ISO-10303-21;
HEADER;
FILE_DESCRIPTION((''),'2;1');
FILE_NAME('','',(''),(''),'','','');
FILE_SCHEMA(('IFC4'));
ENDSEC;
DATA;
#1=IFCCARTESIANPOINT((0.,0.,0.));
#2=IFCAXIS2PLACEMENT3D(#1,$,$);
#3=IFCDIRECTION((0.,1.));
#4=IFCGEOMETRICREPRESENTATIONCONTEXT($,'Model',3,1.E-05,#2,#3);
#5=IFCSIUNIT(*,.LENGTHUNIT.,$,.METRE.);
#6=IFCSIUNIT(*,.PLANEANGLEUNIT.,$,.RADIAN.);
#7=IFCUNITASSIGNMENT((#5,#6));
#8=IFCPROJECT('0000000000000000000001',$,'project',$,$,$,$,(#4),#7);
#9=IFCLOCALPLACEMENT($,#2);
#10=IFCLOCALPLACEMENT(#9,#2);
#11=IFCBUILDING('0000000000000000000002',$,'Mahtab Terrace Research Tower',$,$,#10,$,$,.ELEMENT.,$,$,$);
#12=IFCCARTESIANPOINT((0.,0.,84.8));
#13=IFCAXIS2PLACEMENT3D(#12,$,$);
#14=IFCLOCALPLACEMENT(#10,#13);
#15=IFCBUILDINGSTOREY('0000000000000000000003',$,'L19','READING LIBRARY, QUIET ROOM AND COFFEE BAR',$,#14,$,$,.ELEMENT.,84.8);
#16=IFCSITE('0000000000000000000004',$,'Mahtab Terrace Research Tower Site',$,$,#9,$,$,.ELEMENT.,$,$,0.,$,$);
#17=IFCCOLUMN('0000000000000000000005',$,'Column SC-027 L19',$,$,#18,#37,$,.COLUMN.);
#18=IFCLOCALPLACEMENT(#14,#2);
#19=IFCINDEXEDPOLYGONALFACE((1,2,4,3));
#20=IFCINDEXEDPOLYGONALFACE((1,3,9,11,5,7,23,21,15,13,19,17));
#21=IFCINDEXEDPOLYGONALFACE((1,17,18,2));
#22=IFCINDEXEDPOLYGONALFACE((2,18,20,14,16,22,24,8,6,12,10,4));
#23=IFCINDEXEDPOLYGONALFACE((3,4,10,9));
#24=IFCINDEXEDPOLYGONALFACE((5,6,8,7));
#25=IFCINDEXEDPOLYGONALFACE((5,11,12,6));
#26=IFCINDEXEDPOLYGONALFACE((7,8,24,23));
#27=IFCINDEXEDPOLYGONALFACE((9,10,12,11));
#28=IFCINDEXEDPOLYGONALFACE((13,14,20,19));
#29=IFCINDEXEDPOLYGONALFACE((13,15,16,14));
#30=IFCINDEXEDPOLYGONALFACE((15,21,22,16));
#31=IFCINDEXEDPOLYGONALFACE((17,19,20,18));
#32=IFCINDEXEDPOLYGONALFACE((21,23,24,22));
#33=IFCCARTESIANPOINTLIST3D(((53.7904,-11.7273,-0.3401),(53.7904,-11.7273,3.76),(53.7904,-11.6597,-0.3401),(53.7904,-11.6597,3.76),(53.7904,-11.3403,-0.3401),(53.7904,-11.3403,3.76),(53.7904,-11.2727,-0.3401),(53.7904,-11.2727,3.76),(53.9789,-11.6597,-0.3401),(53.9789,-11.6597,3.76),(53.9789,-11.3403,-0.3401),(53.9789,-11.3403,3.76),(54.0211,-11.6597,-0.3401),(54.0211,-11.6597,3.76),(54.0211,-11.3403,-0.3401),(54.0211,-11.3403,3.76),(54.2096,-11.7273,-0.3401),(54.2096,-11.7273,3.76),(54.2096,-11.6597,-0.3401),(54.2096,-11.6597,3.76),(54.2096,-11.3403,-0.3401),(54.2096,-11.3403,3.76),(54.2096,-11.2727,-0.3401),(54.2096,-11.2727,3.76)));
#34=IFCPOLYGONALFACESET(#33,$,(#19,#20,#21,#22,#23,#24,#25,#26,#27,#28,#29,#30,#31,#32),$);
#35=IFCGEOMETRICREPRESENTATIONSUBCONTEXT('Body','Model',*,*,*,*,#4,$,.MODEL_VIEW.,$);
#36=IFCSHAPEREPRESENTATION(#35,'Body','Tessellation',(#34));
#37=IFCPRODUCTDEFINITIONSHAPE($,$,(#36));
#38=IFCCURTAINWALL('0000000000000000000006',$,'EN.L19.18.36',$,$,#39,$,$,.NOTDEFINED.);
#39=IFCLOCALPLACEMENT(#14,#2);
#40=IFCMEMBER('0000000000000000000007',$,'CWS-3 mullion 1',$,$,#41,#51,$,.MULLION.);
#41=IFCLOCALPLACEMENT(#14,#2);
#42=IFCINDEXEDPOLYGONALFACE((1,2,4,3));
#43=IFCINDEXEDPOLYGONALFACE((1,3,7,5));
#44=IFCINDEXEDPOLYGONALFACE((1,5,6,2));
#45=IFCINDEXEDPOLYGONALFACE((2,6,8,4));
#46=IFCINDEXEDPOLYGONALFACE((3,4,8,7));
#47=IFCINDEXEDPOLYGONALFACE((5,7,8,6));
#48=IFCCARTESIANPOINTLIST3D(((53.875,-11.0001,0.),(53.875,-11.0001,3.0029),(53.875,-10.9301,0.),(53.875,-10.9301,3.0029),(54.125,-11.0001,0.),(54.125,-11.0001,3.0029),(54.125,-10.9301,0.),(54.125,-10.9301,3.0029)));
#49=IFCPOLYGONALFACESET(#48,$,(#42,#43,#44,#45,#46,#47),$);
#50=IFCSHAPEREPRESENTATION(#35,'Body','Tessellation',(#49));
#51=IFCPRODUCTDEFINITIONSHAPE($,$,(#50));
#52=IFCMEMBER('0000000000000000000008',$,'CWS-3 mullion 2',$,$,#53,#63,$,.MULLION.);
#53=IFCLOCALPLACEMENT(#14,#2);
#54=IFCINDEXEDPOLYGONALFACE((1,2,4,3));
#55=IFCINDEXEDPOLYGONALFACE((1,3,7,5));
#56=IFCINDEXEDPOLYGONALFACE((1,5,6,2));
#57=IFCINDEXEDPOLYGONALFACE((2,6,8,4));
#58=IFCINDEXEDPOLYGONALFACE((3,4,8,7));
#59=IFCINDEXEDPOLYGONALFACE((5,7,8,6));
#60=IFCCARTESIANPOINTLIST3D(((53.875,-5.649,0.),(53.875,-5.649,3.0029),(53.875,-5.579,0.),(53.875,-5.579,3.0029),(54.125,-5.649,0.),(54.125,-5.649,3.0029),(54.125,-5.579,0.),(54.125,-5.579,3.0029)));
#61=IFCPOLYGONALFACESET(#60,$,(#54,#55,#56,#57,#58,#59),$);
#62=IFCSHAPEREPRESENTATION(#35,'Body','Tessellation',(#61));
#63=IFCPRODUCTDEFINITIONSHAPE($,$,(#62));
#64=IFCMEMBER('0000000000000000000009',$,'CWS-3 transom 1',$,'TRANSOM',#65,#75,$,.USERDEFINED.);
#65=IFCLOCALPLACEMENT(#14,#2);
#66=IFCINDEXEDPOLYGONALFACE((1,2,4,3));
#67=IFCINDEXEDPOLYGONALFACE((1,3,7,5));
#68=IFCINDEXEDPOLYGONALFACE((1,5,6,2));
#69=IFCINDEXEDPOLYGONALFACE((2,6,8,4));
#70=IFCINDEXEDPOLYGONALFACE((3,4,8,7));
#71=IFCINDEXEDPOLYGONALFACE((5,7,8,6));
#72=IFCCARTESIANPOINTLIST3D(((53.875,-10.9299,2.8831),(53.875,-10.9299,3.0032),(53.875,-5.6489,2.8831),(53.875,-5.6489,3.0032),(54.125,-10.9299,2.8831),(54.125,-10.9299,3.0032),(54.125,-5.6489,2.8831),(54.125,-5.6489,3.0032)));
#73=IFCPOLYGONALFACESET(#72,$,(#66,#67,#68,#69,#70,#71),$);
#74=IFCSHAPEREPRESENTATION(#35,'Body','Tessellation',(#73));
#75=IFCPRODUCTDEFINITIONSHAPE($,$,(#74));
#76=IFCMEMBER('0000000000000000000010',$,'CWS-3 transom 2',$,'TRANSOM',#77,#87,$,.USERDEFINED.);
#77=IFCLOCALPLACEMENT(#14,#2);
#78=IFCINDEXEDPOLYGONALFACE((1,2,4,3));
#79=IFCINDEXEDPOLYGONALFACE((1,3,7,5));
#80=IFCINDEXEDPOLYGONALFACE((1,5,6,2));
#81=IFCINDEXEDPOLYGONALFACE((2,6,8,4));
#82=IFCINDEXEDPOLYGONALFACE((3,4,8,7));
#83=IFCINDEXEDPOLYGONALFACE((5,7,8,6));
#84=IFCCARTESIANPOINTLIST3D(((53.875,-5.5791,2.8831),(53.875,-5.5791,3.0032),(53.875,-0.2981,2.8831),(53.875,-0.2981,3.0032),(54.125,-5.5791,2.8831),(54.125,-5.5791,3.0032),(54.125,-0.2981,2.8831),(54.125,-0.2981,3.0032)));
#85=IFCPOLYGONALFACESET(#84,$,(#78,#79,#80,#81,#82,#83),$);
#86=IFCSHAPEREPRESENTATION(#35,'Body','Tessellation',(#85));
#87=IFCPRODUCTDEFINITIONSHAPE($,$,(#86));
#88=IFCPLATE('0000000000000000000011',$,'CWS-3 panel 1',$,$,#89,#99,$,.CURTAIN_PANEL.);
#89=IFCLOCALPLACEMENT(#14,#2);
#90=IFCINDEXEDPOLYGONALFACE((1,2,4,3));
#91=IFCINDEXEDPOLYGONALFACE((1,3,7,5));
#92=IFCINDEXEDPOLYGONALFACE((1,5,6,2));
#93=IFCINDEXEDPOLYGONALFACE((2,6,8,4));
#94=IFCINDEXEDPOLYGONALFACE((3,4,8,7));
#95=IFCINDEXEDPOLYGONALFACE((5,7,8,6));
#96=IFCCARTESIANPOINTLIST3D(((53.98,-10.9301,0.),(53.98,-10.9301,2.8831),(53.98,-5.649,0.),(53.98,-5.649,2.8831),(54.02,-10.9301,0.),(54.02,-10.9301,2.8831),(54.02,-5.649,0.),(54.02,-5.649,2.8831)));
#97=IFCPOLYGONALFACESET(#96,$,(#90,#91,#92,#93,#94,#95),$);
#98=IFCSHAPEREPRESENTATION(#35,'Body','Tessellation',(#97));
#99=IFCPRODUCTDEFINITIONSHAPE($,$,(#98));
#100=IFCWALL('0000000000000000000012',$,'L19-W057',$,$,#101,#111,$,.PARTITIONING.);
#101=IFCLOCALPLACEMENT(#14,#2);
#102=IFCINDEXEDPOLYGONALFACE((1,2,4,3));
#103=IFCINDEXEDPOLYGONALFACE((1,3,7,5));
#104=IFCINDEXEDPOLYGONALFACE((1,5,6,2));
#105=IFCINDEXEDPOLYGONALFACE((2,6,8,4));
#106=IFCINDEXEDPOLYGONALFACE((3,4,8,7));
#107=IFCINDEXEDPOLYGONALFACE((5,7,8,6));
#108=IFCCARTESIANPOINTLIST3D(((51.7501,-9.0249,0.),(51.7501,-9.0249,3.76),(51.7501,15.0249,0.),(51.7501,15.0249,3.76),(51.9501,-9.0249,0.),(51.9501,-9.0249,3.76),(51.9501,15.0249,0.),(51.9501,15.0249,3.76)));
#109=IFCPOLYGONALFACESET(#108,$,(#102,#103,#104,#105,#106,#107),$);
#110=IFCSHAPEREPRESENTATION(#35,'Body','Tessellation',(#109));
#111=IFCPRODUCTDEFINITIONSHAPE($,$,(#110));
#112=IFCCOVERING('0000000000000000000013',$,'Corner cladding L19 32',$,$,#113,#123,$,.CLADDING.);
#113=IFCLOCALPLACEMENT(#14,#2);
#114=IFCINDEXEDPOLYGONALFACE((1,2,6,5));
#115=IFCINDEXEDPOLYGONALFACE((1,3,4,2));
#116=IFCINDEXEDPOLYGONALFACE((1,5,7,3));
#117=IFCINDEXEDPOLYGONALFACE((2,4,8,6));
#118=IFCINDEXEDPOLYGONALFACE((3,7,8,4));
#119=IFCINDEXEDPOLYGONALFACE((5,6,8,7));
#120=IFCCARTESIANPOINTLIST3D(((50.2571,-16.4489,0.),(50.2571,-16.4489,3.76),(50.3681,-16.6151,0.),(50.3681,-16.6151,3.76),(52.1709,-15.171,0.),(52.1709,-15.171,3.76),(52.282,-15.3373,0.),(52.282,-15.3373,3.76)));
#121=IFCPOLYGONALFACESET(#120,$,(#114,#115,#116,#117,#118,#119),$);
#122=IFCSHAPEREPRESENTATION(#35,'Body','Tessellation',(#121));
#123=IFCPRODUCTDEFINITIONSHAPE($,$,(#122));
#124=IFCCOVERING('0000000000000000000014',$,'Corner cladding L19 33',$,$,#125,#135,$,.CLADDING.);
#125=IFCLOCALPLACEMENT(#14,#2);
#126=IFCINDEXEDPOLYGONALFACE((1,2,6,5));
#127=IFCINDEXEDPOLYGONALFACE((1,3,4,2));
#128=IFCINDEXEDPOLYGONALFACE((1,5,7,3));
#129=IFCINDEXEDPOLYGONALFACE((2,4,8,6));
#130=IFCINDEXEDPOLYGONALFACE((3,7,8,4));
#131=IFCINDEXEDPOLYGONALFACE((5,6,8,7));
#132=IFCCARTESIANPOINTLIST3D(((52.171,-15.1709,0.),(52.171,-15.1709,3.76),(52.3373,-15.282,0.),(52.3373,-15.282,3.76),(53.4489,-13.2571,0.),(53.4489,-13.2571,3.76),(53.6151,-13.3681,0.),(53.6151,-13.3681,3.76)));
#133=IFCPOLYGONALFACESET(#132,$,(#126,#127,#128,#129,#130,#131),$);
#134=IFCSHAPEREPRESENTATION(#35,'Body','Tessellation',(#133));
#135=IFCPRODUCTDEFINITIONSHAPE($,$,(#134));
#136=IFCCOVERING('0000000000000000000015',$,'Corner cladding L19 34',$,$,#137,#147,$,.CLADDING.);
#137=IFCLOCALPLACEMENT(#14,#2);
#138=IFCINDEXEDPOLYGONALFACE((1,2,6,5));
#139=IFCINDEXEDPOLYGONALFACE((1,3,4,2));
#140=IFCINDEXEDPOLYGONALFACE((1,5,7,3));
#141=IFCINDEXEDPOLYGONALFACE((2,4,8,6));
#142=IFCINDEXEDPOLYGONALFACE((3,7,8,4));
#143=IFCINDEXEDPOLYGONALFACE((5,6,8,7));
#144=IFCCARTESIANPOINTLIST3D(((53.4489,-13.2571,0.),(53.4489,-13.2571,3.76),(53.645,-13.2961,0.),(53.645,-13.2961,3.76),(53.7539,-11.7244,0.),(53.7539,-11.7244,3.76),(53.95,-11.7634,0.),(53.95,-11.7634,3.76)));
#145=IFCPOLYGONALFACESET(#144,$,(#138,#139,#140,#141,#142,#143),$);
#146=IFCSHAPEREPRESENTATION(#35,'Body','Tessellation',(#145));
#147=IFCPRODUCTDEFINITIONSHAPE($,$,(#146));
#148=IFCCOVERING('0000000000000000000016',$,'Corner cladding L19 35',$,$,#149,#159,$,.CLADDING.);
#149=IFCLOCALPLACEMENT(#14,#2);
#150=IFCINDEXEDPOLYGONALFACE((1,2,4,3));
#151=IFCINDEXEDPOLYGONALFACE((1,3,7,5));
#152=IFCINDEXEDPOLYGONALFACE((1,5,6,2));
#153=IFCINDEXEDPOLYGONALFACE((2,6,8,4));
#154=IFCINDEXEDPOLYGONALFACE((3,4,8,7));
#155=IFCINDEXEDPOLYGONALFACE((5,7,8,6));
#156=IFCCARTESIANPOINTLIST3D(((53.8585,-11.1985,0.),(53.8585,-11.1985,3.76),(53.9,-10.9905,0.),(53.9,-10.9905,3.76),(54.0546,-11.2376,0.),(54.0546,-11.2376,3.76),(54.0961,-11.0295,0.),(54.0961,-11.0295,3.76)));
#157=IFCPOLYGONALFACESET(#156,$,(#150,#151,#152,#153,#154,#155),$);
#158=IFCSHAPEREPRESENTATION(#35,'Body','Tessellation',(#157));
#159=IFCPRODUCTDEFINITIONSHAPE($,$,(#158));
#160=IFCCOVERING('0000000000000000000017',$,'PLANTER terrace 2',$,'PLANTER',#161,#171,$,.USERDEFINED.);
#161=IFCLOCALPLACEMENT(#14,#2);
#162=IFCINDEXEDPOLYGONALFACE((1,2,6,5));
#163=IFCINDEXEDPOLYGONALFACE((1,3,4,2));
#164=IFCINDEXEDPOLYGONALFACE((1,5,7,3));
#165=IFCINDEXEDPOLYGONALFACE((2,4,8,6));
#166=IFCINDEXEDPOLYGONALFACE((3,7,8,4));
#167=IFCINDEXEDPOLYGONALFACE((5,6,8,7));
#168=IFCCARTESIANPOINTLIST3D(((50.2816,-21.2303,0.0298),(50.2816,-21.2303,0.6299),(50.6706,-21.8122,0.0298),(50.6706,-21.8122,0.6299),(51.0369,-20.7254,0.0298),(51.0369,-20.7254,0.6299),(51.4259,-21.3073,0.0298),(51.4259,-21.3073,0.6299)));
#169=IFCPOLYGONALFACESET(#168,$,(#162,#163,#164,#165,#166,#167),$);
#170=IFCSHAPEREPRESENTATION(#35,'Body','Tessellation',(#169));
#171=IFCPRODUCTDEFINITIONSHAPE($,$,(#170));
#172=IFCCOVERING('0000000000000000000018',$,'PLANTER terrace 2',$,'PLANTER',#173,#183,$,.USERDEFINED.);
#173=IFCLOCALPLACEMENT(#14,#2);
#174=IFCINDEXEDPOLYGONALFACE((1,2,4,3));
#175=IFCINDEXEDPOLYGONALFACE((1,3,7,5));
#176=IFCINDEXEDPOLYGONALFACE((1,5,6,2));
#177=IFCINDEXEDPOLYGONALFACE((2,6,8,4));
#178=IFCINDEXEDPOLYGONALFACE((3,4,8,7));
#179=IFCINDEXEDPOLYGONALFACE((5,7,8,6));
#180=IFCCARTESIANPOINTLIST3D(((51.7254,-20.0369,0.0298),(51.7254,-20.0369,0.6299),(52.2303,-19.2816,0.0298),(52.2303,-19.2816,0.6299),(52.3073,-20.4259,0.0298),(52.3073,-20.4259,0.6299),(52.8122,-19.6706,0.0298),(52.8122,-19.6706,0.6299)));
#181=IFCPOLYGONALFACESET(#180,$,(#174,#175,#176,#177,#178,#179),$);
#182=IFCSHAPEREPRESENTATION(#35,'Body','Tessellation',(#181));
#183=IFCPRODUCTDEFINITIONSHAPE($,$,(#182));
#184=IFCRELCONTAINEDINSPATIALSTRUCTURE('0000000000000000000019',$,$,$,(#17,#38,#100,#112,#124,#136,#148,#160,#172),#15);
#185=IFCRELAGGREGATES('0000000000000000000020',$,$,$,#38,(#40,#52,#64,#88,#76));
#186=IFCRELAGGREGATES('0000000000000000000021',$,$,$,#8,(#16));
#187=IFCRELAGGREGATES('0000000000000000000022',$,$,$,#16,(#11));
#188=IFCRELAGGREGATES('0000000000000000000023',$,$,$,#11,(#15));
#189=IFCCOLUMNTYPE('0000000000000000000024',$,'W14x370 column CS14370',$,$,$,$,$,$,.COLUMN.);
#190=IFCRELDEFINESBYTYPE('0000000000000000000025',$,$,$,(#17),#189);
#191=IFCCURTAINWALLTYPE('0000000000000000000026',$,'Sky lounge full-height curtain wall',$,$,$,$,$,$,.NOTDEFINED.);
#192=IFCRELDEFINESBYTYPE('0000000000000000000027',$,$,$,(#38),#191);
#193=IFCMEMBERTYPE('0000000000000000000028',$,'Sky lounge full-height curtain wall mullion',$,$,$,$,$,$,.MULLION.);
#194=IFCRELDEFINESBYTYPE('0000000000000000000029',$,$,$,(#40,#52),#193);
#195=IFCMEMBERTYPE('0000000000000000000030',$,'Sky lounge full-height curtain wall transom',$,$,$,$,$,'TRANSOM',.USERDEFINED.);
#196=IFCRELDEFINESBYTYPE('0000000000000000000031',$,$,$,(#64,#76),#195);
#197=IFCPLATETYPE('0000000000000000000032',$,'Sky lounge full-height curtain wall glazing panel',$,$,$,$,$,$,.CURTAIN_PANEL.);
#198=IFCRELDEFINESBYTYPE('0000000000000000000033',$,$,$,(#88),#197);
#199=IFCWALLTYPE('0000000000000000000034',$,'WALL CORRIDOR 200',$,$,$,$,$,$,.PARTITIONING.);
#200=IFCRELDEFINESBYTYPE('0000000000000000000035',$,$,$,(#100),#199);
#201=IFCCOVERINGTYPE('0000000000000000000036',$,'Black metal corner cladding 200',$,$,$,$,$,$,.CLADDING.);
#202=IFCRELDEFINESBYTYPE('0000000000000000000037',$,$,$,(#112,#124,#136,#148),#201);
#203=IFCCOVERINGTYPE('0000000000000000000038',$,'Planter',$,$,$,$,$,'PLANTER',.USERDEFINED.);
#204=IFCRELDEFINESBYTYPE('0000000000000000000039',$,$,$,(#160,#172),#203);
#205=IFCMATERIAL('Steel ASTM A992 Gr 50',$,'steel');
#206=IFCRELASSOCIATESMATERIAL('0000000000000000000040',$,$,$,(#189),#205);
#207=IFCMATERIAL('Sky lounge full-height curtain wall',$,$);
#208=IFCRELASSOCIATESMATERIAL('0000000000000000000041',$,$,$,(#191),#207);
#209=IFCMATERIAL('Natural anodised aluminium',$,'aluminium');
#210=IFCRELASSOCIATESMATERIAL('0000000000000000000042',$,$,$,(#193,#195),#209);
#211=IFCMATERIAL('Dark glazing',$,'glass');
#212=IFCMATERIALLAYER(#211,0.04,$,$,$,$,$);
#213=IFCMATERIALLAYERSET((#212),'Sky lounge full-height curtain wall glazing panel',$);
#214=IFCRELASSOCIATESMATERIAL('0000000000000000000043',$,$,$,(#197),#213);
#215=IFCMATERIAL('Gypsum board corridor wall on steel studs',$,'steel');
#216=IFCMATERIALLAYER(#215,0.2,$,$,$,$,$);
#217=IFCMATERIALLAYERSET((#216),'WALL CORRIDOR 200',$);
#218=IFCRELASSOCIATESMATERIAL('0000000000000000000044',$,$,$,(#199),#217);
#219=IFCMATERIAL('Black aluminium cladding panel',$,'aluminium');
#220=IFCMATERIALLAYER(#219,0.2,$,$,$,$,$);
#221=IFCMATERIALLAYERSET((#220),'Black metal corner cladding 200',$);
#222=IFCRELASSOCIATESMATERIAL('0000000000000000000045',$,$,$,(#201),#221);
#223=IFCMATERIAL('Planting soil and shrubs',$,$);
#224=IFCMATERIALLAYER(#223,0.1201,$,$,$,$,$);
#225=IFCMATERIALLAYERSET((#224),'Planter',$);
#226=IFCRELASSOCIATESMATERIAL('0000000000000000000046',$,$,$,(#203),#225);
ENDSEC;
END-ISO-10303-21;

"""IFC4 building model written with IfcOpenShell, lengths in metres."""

from ifc_helpers import new_model, si_unit, direction, frame, frame_2d, origin, origin_2d, place, context, subcontext, project, spatial, rectangle, i_section, extrude, material, layer, layer_set, material_profile, profile_set, type_object, element, aggregate, save


model = new_model("IFC4")

# Units and contexts
model_context = context("Model", 3, precision=1e-05, world=origin(), true_north=direction((0.0, 1.0)))
body_context = subcontext(model_context, "Body", "Model", "MODEL_VIEW")
ifc_project = project(units=[si_unit("LENGTHUNIT", "METRE"), si_unit("PLANEANGLEUNIT", "RADIAN")], contexts=[model_context])

# Site, building, storey
site_placement = place(None, origin())
site = spatial("IfcSite", under=ifc_project, at=site_placement, Name="Mahtab Terrace Research Tower Site", CompositionType="ELEMENT", RefElevation=0.0)
building_placement = place(site_placement, origin())
building = spatial("IfcBuilding", under=site, at=building_placement, Name="Mahtab Terrace Research Tower", CompositionType="ELEMENT")
storey_placement = place(building_placement, frame((0.0, 0.0, 84.8)))
storey = spatial("IfcBuildingStorey", under=building, at=storey_placement, Name="L19", Description="READING LIBRARY, QUIET ROOM AND COFFEE BAR", CompositionType="ELEMENT", Elevation=84.8)

# Column
ifc_material_1 = material(Name="Steel ASTM A992 Gr 50", Category="steel")
ifc_material_profile_1 = material_profile(ifc_material_1, i_section(OverallWidth=0.4192, OverallDepth=0.4546, WebThickness=0.0422, FlangeThickness=0.0676, at=origin_2d()), Name="W14X370")
ifc_profile_set_1 = profile_set([ifc_material_profile_1], Name="Steel ASTM A992 Gr 50")
column_type = type_object("IfcColumnType", Name="W14x370 column CS14370", PredefinedType="COLUMN", material=ifc_profile_set_1)
column_placement = place(storey_placement, frame((54.0, -11.5, -0.3401), z_axis=(0.0, 0.0, 1.0), x_axis=(1.0, 0.0, 0.0)))
element("IfcColumn", 1, at=column_placement, inside=storey, type_object=column_type, Name="Column SC-027 L19", PredefinedType="COLUMN", context=body_context, shape_type="SweptSolid", body=[
    extrude(i_section(OverallWidth=0.4192, OverallDepth=0.4546, WebThickness=0.0422, FlangeThickness=0.0676, at=origin_2d()), origin(), (0.0, 0.0, 1.0), 4.1001),
])

# Curtain wall, members, plate
ifc_material_2 = material(Name="Sky lounge full-height curtain wall")
curtain_wall_type = type_object("IfcCurtainWallType", Name="Sky lounge full-height curtain wall", PredefinedType="NOTDEFINED", material=ifc_material_2)
curtain_wall_placement = place(storey_placement, origin())
curtain_wall = element("IfcCurtainWall", 2, at=curtain_wall_placement, inside=storey, type_object=curtain_wall_type, Name="EN.L19.18.36", PredefinedType="NOTDEFINED")
ifc_material_3 = material(Name="Natural anodised aluminium", Category="aluminium")
ifc_material_profile_2 = material_profile(ifc_material_3, rectangle(XDim=0.25, YDim=0.0701, at=origin_2d()), Name="MULLION 70x250")
ifc_profile_set_2 = profile_set([ifc_material_profile_2], Name="Natural anodised aluminium")
member_type_1 = type_object("IfcMemberType", Name="Sky lounge full-height curtain wall mullion", PredefinedType="MULLION", material=ifc_profile_set_2)
member_1_placement = place(storey_placement, frame((54.0, -10.9651, 0.0), z_axis=(0.0, 0.0, 1.0), x_axis=(-1.0, 0.0, 0.0)))
member_1 = element("IfcMember", 3, at=member_1_placement, type_object=member_type_1, Name="CWS-3 mullion 1", PredefinedType="MULLION", context=body_context, shape_type="SweptSolid", body=[
    extrude(rectangle(XDim=0.25, YDim=0.0701, at=origin_2d()), origin(), (0.0, 0.0, 1.0), 3.0029),
])
member_2_placement = place(storey_placement, frame((54.0, -5.614, 0.0), z_axis=(0.0, 0.0, 1.0), x_axis=(-1.0, 0.0, 0.0)))
member_2 = element("IfcMember", 4, at=member_2_placement, type_object=member_type_1, Name="CWS-3 mullion 2", PredefinedType="MULLION", context=body_context, shape_type="SweptSolid", body=[
    extrude(rectangle(XDim=0.25, YDim=0.0701, at=origin_2d()), origin(), (0.0, 0.0, 1.0), 3.0029),
])
ifc_material_profile_3 = material_profile(ifc_material_3, rectangle(XDim=0.25, YDim=0.1201, at=origin_2d()), Name="TRANSOM 120x250")
ifc_profile_set_3 = profile_set([ifc_material_profile_3], Name="Natural anodised aluminium")
member_type_2 = type_object("IfcMemberType", Name="Sky lounge full-height curtain wall transom", ElementType="TRANSOM", PredefinedType="USERDEFINED", material=ifc_profile_set_3)
member_3_placement = place(storey_placement, frame((54.0, -10.9299, 2.9431), z_axis=(0.0, 1.0, 0.0), x_axis=(-1.0, 0.0, 0.0)))
member_3 = element("IfcMember", 5, at=member_3_placement, type_object=member_type_2, Name="CWS-3 transom 1", ObjectType="TRANSOM", PredefinedType="USERDEFINED", context=body_context, shape_type="SweptSolid", body=[
    extrude(rectangle(XDim=0.25, YDim=0.1201, at=origin_2d()), origin(), (0.0, 0.0, 1.0), 5.281),
])
member_4_placement = place(storey_placement, frame((54.0, -5.5791, 2.9431), z_axis=(0.0, 1.0, 0.0), x_axis=(-1.0, 0.0, 0.0)))
member_4 = element("IfcMember", 6, at=member_4_placement, type_object=member_type_2, Name="CWS-3 transom 2", ObjectType="TRANSOM", PredefinedType="USERDEFINED", context=body_context, shape_type="SweptSolid", body=[
    extrude(rectangle(XDim=0.25, YDim=0.1201, at=origin_2d()), origin(), (0.0, 0.0, 1.0), 5.281),
])
ifc_material_4 = material(Name="Dark glazing", Category="glass")
ifc_layer_1 = layer(ifc_material_4, 0.04)
ifc_layer_set_1 = layer_set([ifc_layer_1], Name="Sky lounge full-height curtain wall glazing panel")
plate_type = type_object("IfcPlateType", Name="Sky lounge full-height curtain wall glazing panel", PredefinedType="CURTAIN_PANEL", material=ifc_layer_set_1)
plate_placement = place(storey_placement, frame((54.0, -8.2896, 0.0), z_axis=(0.0, 0.0, 1.0), x_axis=(0.0, 1.0, 0.0)))
plate = element("IfcPlate", 7, at=plate_placement, type_object=plate_type, Name="CWS-3 panel 1", PredefinedType="CURTAIN_PANEL", context=body_context, shape_type="SweptSolid", body=[
    extrude(rectangle(XDim=5.281, YDim=0.04, at=origin_2d()), origin(), (0.0, 0.0, 1.0), 2.8831),
])
aggregate(curtain_wall, [member_1, member_2, member_3, plate, member_4])

# Wall
ifc_material_5 = material(Name="Gypsum board corridor wall on steel studs", Category="steel")
ifc_layer_2 = layer(ifc_material_5, 0.2)
ifc_layer_set_2 = layer_set([ifc_layer_2], Name="WALL CORRIDOR 200")
wall_type = type_object("IfcWallType", Name="WALL CORRIDOR 200", PredefinedType="PARTITIONING", material=ifc_layer_set_2)
wall_placement = place(storey_placement, frame((51.8501, -9.0249, 0.0), z_axis=(0.0, 0.0, 1.0), x_axis=(0.0, 1.0, 0.0)))
element("IfcWall", 8, at=wall_placement, inside=storey, type_object=wall_type, Name="L19-W057", PredefinedType="PARTITIONING", context=body_context, shape_type="SweptSolid", body=[
    extrude(rectangle(XDim=24.0498, YDim=0.2, at=frame_2d((12.0249, 0.0))), origin(), (0.0, 0.0, 1.0), 3.76),
])

# Coverings
ifc_material_6 = material(Name="Black aluminium cladding panel", Category="aluminium")
ifc_layer_3 = layer(ifc_material_6, 0.2)
ifc_layer_set_3 = layer_set([ifc_layer_3], Name="Black metal corner cladding 200")
covering_type_1 = type_object("IfcCoveringType", Name="Black metal corner cladding 200", PredefinedType="CLADDING", material=ifc_layer_set_3)
for number, where, z_axis, x_axis, name in (
    (9, (51.2695, -15.8931, 0.0), (0.0, 0.0, 1.0), (0.831656, 0.555291, 0.0), "Corner cladding L19 32"),
    (10, (52.8931, -14.2695, 0.0), (0.0, 0.0, 1.0), (0.555291, 0.831656, 0.0), "Corner cladding L19 33"),
):
    element("IfcCovering", number, at=place(storey_placement, frame(where, z_axis=z_axis, x_axis=x_axis)), inside=storey, type_object=covering_type_1, Name=name, PredefinedType="CLADDING", context=body_context, shape_type="SweptSolid", body=[
        extrude(rectangle(XDim=2.3013, YDim=0.2, at=origin_2d()), origin(), (0.0, 0.0, 1.0), 3.76),
    ])
covering_1_placement = place(storey_placement, frame((53.6995, -12.5103, 0.0), z_axis=(0.0, 0.0, 1.0), x_axis=(0.195212, 0.980761, 0.0)))
element("IfcCovering", 11, at=covering_1_placement, inside=storey, type_object=covering_type_1, Name="Corner cladding L19 34", PredefinedType="CLADDING", context=body_context, shape_type="SweptSolid", body=[
    extrude(rectangle(XDim=1.5627, YDim=0.2, at=origin_2d()), origin(), (0.0, 0.0, 1.0), 3.76),
])
covering_2_placement = place(storey_placement, frame((53.9773, -11.114, 0.0), z_axis=(0.0, 0.0, 1.0), x_axis=(0.195212, 0.980761, 0.0)))
element("IfcCovering", 12, at=covering_2_placement, inside=storey, type_object=covering_type_1, Name="Corner cladding L19 35", PredefinedType="CLADDING", context=body_context, shape_type="SweptSolid", body=[
    extrude(rectangle(XDim=0.2122, YDim=0.2, at=origin_2d()), origin(), (0.0, 0.0, 1.0), 3.76),
])
ifc_material_7 = material(Name="Planting soil and shrubs")
ifc_layer_4 = layer(ifc_material_7, 0.1201)
ifc_layer_set_4 = layer_set([ifc_layer_4], Name="Planter")
covering_type_2 = type_object("IfcCoveringType", Name="Planter", ElementType="PLANTER", PredefinedType="USERDEFINED", material=ifc_layer_set_4)
for number, where, z_axis, x_axis, name in (
    (13, (50.8538, -21.2688, 0.0298), (0.0, 0.0, 1.0), (0.831344, 0.555757, 0.0), "PLANTER terrace 2"),
    (14, (52.2688, -19.8538, 0.0298), (0.0, 0.0, 1.0), (0.555757, 0.831344, 0.0), "PLANTER terrace 2"),
):
    element("IfcCovering", number, at=place(storey_placement, frame(where, z_axis=z_axis, x_axis=x_axis)), inside=storey, type_object=covering_type_2, Name=name, ObjectType="PLANTER", PredefinedType="USERDEFINED", context=body_context, shape_type="SweptSolid", body=[
        extrude(rectangle(XDim=0.9084, YDim=0.7, at=origin_2d()), origin(), (0.0, 0.0, 1.0), 0.6001),
    ])

save(model, "model.ifc")
